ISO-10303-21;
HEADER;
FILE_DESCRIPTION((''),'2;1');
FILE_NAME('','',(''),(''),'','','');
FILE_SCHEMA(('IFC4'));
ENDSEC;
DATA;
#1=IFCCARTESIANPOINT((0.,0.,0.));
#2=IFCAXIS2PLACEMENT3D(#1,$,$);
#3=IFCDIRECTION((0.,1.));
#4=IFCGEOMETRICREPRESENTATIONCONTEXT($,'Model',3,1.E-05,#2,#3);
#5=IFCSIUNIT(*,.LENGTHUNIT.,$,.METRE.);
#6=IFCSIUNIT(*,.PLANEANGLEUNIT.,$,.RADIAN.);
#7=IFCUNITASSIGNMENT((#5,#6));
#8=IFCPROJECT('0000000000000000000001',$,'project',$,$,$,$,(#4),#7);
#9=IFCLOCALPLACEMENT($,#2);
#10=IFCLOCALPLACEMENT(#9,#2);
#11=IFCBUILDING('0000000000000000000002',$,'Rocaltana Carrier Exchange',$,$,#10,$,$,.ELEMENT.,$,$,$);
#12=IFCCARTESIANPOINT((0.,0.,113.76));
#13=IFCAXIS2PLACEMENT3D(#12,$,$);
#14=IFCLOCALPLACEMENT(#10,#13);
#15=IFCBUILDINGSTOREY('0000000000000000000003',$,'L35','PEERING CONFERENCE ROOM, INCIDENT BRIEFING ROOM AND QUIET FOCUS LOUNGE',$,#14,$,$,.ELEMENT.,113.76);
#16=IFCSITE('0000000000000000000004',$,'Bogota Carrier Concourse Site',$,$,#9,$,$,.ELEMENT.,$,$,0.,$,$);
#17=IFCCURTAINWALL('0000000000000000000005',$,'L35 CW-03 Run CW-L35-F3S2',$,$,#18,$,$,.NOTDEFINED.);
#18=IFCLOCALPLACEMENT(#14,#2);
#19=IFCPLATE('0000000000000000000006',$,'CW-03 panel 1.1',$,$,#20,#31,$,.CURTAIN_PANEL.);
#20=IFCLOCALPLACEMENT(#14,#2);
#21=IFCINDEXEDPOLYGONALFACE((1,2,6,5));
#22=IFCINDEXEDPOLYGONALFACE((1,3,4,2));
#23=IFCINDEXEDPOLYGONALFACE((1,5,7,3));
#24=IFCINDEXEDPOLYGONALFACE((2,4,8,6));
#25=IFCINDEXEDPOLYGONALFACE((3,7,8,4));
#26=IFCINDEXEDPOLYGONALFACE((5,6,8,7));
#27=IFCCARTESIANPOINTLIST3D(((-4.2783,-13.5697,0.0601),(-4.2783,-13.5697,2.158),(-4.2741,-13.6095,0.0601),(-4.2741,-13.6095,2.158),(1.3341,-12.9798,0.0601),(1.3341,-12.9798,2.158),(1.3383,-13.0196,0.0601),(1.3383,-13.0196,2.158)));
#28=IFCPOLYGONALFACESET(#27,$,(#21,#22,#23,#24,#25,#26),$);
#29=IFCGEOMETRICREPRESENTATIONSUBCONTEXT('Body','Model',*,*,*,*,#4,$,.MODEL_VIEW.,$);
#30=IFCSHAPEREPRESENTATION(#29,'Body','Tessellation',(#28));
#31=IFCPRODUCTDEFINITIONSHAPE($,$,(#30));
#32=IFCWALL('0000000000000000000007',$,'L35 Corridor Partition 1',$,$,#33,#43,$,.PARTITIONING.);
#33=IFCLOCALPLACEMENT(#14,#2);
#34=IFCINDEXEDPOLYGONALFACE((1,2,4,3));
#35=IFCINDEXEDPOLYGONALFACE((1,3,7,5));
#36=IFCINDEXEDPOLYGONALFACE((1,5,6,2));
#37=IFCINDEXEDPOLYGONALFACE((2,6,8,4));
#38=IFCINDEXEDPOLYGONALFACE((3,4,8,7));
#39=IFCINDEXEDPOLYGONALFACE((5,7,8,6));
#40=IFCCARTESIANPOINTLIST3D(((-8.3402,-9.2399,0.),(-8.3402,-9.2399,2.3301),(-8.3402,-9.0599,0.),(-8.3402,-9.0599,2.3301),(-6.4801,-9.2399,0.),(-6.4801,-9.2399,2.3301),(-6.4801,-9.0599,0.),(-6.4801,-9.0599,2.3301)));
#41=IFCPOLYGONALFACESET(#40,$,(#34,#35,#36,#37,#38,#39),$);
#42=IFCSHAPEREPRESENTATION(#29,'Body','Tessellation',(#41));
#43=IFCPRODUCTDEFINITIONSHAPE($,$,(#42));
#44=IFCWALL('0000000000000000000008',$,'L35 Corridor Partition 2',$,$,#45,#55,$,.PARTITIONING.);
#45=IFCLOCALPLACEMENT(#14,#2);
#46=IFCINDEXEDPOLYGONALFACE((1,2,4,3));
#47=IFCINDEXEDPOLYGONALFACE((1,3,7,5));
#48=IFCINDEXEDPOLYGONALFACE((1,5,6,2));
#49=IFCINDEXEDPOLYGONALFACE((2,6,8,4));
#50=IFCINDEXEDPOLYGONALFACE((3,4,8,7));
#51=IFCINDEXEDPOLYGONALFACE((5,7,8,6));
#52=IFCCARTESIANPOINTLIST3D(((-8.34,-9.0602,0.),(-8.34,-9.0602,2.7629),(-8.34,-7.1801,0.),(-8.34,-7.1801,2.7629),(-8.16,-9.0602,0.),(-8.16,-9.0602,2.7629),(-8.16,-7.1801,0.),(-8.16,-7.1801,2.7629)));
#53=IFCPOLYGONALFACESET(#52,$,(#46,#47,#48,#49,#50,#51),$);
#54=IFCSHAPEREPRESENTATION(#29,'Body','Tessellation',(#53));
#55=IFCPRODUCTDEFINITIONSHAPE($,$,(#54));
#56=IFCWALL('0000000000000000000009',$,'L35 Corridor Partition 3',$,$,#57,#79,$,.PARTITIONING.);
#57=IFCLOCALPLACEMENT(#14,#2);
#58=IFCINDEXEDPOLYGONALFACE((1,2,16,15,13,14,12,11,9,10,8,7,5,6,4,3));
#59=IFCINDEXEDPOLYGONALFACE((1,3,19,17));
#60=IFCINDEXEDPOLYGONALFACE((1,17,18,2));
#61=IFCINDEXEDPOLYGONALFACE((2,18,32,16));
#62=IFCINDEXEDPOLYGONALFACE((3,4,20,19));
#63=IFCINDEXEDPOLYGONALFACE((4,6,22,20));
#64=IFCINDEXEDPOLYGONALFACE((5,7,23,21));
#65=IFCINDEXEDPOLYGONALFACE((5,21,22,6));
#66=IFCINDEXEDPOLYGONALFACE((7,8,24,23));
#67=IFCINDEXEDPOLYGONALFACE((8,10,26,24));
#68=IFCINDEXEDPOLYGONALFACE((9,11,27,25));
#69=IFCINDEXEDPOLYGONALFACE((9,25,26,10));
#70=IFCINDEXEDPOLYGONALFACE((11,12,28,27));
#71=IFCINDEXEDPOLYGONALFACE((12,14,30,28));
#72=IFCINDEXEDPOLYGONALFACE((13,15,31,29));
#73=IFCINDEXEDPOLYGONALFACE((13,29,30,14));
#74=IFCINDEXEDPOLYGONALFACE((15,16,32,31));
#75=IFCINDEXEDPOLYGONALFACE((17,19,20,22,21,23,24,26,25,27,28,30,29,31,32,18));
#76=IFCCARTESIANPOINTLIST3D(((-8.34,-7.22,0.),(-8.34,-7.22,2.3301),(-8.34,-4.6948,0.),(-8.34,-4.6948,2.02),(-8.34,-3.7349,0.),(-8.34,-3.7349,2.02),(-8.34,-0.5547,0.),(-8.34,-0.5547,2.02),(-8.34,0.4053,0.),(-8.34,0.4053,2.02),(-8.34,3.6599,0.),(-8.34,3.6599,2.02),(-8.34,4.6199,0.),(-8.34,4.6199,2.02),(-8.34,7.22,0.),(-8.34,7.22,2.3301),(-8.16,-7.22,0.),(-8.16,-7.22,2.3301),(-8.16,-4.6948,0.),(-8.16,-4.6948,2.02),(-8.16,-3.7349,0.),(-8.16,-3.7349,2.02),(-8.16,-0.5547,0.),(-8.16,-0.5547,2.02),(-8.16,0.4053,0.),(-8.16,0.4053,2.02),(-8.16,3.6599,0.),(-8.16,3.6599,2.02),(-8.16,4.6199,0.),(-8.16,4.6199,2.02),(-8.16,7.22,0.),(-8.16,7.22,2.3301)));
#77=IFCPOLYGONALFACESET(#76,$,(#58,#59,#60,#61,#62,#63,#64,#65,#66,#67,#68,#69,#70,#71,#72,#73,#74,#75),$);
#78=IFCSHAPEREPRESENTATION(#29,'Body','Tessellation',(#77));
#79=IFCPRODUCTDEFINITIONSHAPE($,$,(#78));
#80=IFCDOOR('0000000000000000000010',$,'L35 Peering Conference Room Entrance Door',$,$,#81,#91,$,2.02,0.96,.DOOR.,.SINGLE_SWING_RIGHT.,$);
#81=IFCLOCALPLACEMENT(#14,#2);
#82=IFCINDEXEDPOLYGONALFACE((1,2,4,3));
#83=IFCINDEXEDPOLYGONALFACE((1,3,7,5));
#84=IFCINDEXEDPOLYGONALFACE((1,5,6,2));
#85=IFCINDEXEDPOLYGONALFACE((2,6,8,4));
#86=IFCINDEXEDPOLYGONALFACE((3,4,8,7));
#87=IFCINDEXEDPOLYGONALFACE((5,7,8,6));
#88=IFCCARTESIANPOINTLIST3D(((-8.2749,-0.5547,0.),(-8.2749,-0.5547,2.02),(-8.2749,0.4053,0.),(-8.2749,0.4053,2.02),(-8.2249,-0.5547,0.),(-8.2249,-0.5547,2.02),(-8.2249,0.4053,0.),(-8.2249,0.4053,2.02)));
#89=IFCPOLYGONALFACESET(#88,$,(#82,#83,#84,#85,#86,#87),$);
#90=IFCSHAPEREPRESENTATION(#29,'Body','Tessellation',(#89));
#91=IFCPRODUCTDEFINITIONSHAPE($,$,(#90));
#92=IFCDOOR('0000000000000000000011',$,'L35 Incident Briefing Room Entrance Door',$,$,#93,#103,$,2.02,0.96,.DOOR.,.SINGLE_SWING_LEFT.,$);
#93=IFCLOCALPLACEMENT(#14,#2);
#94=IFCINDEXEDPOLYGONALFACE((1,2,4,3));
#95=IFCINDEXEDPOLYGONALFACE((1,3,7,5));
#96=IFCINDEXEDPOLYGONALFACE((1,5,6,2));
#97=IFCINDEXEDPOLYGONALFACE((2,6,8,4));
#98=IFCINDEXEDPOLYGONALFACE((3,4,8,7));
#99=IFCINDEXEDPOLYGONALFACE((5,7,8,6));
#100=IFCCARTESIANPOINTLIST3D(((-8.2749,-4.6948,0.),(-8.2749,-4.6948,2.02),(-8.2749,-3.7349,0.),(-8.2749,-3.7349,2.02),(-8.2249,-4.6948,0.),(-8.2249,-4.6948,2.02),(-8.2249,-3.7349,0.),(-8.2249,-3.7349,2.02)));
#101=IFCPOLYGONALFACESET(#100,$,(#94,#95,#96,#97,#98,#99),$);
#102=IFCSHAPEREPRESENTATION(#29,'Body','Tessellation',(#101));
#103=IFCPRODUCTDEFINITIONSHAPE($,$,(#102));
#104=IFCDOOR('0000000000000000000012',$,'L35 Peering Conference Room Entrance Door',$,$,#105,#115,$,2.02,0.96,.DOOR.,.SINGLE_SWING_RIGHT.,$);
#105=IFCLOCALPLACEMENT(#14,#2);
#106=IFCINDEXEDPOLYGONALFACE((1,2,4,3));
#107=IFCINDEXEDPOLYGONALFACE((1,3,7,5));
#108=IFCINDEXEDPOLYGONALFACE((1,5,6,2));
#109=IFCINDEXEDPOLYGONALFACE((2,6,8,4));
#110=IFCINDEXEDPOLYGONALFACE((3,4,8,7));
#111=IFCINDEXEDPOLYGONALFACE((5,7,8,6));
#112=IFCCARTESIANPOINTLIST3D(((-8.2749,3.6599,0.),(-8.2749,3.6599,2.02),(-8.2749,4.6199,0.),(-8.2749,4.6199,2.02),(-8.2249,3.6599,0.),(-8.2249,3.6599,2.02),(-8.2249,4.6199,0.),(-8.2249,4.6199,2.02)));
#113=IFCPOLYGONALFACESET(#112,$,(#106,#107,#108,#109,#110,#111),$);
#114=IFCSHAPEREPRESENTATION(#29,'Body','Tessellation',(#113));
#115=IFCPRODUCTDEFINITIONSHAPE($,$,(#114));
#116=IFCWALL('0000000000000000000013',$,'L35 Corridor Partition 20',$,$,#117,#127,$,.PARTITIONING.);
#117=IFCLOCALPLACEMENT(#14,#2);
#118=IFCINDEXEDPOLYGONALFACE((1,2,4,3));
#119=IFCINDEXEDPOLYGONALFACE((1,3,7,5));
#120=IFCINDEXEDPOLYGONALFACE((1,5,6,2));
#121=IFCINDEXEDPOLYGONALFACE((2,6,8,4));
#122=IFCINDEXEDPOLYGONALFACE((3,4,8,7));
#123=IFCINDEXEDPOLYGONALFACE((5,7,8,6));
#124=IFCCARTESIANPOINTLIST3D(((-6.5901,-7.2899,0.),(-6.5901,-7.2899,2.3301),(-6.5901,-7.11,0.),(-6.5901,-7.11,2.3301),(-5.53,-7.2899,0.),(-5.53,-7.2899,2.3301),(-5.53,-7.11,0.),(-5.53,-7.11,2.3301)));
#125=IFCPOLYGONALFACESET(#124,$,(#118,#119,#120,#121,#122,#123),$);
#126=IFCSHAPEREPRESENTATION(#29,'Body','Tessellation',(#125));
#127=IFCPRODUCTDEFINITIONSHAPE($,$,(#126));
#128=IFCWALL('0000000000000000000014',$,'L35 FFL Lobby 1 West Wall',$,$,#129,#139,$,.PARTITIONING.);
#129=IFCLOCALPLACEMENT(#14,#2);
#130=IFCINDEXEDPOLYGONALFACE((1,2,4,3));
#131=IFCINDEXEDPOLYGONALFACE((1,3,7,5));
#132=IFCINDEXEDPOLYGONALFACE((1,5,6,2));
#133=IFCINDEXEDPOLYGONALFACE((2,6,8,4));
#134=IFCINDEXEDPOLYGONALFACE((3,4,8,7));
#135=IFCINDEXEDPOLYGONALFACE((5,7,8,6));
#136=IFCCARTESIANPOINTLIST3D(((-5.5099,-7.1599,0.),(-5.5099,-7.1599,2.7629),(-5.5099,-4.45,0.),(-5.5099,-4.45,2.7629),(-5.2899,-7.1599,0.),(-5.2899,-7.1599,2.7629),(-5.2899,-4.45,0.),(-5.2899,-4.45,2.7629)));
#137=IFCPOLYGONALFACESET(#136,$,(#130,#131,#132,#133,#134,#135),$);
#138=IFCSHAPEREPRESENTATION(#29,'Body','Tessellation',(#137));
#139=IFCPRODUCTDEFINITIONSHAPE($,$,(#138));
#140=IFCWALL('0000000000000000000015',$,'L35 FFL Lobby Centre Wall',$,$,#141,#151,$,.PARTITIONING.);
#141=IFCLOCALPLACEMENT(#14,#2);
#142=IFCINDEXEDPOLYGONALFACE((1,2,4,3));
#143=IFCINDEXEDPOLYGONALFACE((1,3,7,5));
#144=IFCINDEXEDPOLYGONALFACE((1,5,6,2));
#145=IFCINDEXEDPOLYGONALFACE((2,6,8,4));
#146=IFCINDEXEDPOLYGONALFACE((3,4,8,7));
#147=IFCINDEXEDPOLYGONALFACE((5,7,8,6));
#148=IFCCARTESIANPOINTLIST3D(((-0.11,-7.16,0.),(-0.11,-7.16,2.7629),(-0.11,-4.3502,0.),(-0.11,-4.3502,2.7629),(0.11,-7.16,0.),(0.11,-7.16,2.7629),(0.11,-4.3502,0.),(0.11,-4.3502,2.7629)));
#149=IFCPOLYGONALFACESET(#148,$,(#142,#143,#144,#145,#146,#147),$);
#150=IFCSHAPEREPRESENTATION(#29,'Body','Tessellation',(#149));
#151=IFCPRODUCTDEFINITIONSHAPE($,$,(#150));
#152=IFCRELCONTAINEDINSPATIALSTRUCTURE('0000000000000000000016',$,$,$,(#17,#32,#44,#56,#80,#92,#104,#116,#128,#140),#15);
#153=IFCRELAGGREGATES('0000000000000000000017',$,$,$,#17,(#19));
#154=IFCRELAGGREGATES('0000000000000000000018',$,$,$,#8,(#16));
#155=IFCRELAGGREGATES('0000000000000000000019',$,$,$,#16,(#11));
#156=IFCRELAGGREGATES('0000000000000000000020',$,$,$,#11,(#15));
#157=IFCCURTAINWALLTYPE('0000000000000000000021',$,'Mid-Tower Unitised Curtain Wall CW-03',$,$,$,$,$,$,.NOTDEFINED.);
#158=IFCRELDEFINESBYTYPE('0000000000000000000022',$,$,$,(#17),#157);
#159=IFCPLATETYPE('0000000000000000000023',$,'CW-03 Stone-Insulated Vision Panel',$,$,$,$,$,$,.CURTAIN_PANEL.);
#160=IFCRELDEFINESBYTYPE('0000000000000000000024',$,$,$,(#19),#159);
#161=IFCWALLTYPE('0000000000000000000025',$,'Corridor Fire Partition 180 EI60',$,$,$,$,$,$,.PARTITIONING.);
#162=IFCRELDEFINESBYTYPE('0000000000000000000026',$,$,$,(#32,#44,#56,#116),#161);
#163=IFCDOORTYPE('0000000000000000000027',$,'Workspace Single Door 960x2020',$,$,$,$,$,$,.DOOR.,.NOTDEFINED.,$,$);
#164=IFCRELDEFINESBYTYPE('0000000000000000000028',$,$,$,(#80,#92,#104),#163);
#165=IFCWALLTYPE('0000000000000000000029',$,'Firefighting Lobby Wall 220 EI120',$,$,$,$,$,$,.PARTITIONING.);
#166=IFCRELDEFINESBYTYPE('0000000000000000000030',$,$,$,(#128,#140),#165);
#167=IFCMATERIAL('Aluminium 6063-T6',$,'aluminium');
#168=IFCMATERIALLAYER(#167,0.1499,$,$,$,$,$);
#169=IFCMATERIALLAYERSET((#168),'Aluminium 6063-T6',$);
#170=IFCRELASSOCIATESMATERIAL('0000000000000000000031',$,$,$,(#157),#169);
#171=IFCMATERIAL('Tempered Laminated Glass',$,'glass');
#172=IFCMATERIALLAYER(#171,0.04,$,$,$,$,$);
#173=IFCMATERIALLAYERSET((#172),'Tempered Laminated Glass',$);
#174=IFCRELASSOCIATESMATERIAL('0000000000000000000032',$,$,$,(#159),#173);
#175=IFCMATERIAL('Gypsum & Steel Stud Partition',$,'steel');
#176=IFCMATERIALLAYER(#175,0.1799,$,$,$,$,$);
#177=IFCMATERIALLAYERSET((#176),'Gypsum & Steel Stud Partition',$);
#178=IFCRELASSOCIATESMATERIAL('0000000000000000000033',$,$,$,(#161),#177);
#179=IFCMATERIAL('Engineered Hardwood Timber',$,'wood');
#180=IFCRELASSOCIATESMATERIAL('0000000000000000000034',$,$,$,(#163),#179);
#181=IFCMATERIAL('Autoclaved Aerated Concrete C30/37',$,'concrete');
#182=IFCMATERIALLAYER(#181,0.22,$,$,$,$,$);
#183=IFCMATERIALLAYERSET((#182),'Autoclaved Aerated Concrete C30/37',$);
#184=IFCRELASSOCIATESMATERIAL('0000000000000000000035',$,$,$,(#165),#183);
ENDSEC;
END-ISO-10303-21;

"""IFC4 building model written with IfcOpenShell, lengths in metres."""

from ifc_helpers import new_model, si_unit, direction, frame, frame_2d, origin, origin_2d, place, context, subcontext, project, spatial, rectangle, extrude, material, layer, layer_set, type_object, element, fill, aggregate, save


model = new_model("IFC4")

# Units and contexts
model_context = context("Model", 3, precision=1e-05, world=origin(), true_north=direction((0.0, 1.0)))
body_context = subcontext(model_context, "Body", "Model", "MODEL_VIEW")
ifc_project = project(units=[si_unit("LENGTHUNIT", "METRE"), si_unit("PLANEANGLEUNIT", "RADIAN")], contexts=[model_context])

# Site, building, storey
site_placement = place(None, origin())
site = spatial("IfcSite", under=ifc_project, at=site_placement, Name="Bogota Carrier Concourse Site", CompositionType="ELEMENT", RefElevation=0.0)
building_placement = place(site_placement, origin())
building = spatial("IfcBuilding", under=site, at=building_placement, Name="Rocaltana Carrier Exchange", CompositionType="ELEMENT")
storey_placement = place(building_placement, frame((0.0, 0.0, 113.76)))
storey = spatial("IfcBuildingStorey", under=building, at=storey_placement, Name="L35", Description="PEERING CONFERENCE ROOM, INCIDENT BRIEFING ROOM AND QUIET FOCUS LOUNGE", CompositionType="ELEMENT", Elevation=113.76)

# Shared definitions
ifc_material_1 = material(Name="Aluminium 6063-T6", Category="aluminium")
ifc_layer_1 = layer(ifc_material_1, 0.1499)
ifc_layer_set_1 = layer_set([ifc_layer_1], Name="Aluminium 6063-T6")
curtain_wall_type = type_object("IfcCurtainWallType", Name="Mid-Tower Unitised Curtain Wall CW-03", PredefinedType="NOTDEFINED", material=ifc_layer_set_1)

# Curtain wall
curtain_wall_1_placement = place(storey_placement, origin())
curtain_wall_1 = element("IfcCurtainWall", 1, at=curtain_wall_1_placement, inside=storey, type_object=curtain_wall_type, Name="L35 CW-03 Run CW-L35-F3S2", PredefinedType="NOTDEFINED")

# Plate
ifc_material_2 = material(Name="Tempered Laminated Glass", Category="glass")
ifc_layer_2 = layer(ifc_material_2, 0.04)
ifc_layer_set_2 = layer_set([ifc_layer_2], Name="Tempered Laminated Glass")
plate_type = type_object("IfcPlateType", Name="CW-03 Stone-Insulated Vision Panel", PredefinedType="CURTAIN_PANEL", material=ifc_layer_set_2)
plate_placement = place(storey_placement, frame((-1.47, -13.2947, 0.0601), z_axis=(0.0, 0.0, 1.0), x_axis=(0.994522, 0.10453, 0.0)))
plate = element("IfcPlate", 2, at=plate_placement, type_object=plate_type, Name="CW-03 panel 1.1", PredefinedType="CURTAIN_PANEL", context=body_context, shape_type="SweptSolid", body=[
    extrude(rectangle(XDim=5.6433, YDim=0.04, at=origin_2d()), origin(), (0.0, 0.0, 1.0), 2.0979),
])
aggregate(curtain_wall_1, [plate])

# Walls
ifc_material_3 = material(Name="Gypsum & Steel Stud Partition", Category="steel")
ifc_layer_3 = layer(ifc_material_3, 0.1799)
ifc_layer_set_3 = layer_set([ifc_layer_3], Name="Gypsum & Steel Stud Partition")
wall_type_1 = type_object("IfcWallType", Name="Corridor Fire Partition 180 EI60", PredefinedType="PARTITIONING", material=ifc_layer_set_3)
wall_1_placement = place(storey_placement, frame((-6.48, -9.1499, 0.0), z_axis=(0.0, 0.0, 1.0), x_axis=(-1.0, 0.0, 0.0)))
element("IfcWall", 3, at=wall_1_placement, inside=storey, type_object=wall_type_1, Name="L35 Corridor Partition 1", PredefinedType="PARTITIONING", context=body_context, shape_type="SweptSolid", body=[
    extrude(rectangle(XDim=1.8601, YDim=0.1799, at=frame_2d((0.9302, 0.0))), origin(), (0.0, 0.0, 1.0), 2.3301),
])
wall_2_placement = place(storey_placement, frame((-8.25, -9.0601, 0.0), z_axis=(0.0, 0.0, 1.0), x_axis=(0.0, 1.0, 0.0)))
element("IfcWall", 4, at=wall_2_placement, inside=storey, type_object=wall_type_1, Name="L35 Corridor Partition 2", PredefinedType="PARTITIONING", context=body_context, shape_type="SweptSolid", body=[
    extrude(rectangle(XDim=1.8801, YDim=0.1799, at=frame_2d((0.9399, 0.0))), origin(), (0.0, 0.0, 1.0), 2.7629),
])

# Wall, openings, doors
wall_3_placement = place(storey_placement, frame((-8.25, -7.22, 0.0), z_axis=(0.0, 0.0, 1.0), x_axis=(0.0, 1.0, 0.0)))
wall_3 = element("IfcWall", 5, at=wall_3_placement, inside=storey, type_object=wall_type_1, Name="L35 Corridor Partition 3", PredefinedType="PARTITIONING", context=body_context, shape_type="SweptSolid", body=[
    extrude(rectangle(XDim=14.4399, YDim=0.1799, at=frame_2d((7.22, 0.0))), origin(), (0.0, 0.0, 1.0), 2.3301),
])
opening_1_placement = place(wall_3_placement, frame((6.6653, 0.0, 0.0)))
opening_1 = element("IfcOpeningElement", 6, at=opening_1_placement, cuts=wall_3, PredefinedType="OPENING", context=body_context, shape_type="SweptSolid", body=[
    extrude(rectangle(XDim=0.96, YDim=2.02, at=frame_2d((0.48, 1.01))), frame((0.0, 0.0999, 0.0), z_axis=(0.0, -1.0, 0.0), x_axis=(1.0, 0.0, 0.0)), (0.0, 0.0, 1.0), 0.2),
])
opening_2_placement = place(wall_3_placement, frame((2.5251, 0.0, 0.0)))
opening_2 = element("IfcOpeningElement", 7, at=opening_2_placement, cuts=wall_3, PredefinedType="OPENING", context=body_context, shape_type="SweptSolid", body=[
    extrude(rectangle(XDim=0.96, YDim=2.02, at=frame_2d((0.48, 1.01))), frame((0.0, 0.0999, 0.0), z_axis=(0.0, -1.0, 0.0), x_axis=(1.0, 0.0, 0.0)), (0.0, 0.0, 1.0), 0.2),
])
opening_3_placement = place(wall_3_placement, frame((10.8799, 0.0, 0.0)))
opening_3 = element("IfcOpeningElement", 8, at=opening_3_placement, cuts=wall_3, PredefinedType="OPENING", context=body_context, shape_type="SweptSolid", body=[
    extrude(rectangle(XDim=0.96, YDim=2.02, at=frame_2d((0.48, 1.01))), frame((0.0, 0.0999, 0.0), z_axis=(0.0, -1.0, 0.0), x_axis=(1.0, 0.0, 0.0)), (0.0, 0.0, 1.0), 0.2),
])
ifc_material_4 = material(Name="Engineered Hardwood Timber", Category="wood")
door_type_1 = type_object("IfcDoorType", Name="Workspace Single Door 960x2020", OperationType="NOTDEFINED", PredefinedType="DOOR", material=ifc_material_4)
door_1_placement = place(opening_1_placement, origin())
door_1 = element("IfcDoor", 9, at=door_1_placement, inside=storey, type_object=door_type_1, Name="L35 Peering Conference Room Entrance Door", OperationType="SINGLE_SWING_RIGHT", OverallHeight=2.02, OverallWidth=0.96, PredefinedType="DOOR", context=body_context, shape_type="SweptSolid", body=[
    extrude(rectangle(XDim=0.96, YDim=2.02, at=frame_2d((0.48, 1.01))), frame((0.0, 0.0249, 0.0), z_axis=(0.0, -1.0, 0.0), x_axis=(1.0, 0.0, 0.0)), (0.0, 0.0, 1.0), 0.05),
])
fill(opening_1, door_1)
door_2_placement = place(opening_2_placement, origin())
door_2 = element("IfcDoor", 10, at=door_2_placement, inside=storey, type_object=door_type_1, Name="L35 Incident Briefing Room Entrance Door", OperationType="SINGLE_SWING_LEFT", OverallHeight=2.02, OverallWidth=0.96, PredefinedType="DOOR", context=body_context, shape_type="SweptSolid", body=[
    extrude(rectangle(XDim=0.96, YDim=2.02, at=frame_2d((0.48, 1.01))), frame((0.0, 0.0249, 0.0), z_axis=(0.0, -1.0, 0.0), x_axis=(1.0, 0.0, 0.0)), (0.0, 0.0, 1.0), 0.05),
])
fill(opening_2, door_2)
door_3_placement = place(opening_3_placement, origin())
door_3 = element("IfcDoor", 11, at=door_3_placement, inside=storey, type_object=door_type_1, Name="L35 Peering Conference Room Entrance Door", OperationType="SINGLE_SWING_RIGHT", OverallHeight=2.02, OverallWidth=0.96, PredefinedType="DOOR", context=body_context, shape_type="SweptSolid", body=[
    extrude(rectangle(XDim=0.96, YDim=2.02, at=frame_2d((0.48, 1.01))), frame((0.0, 0.0249, 0.0), z_axis=(0.0, -1.0, 0.0), x_axis=(1.0, 0.0, 0.0)), (0.0, 0.0, 1.0), 0.05),
])
fill(opening_3, door_3)

# Walls
wall_4_placement = place(storey_placement, frame((-6.5901, -7.2, 0.0), z_axis=(0.0, 0.0, 1.0), x_axis=(1.0, 0.0, 0.0)))
element("IfcWall", 12, at=wall_4_placement, inside=storey, type_object=wall_type_1, Name="L35 Corridor Partition 20", PredefinedType="PARTITIONING", context=body_context, shape_type="SweptSolid", body=[
    extrude(rectangle(XDim=1.0601, YDim=0.1799, at=frame_2d((0.53, 0.0))), origin(), (0.0, 0.0, 1.0), 2.3301),
])
ifc_material_5 = material(Name="Autoclaved Aerated Concrete C30/37", Category="concrete")
ifc_layer_4 = layer(ifc_material_5, 0.22)
ifc_layer_set_4 = layer_set([ifc_layer_4], Name="Autoclaved Aerated Concrete C30/37")
wall_type_2 = type_object("IfcWallType", Name="Firefighting Lobby Wall 220 EI120", PredefinedType="PARTITIONING", material=ifc_layer_set_4)
wall_5_placement = place(storey_placement, frame((-5.3999, -7.1599, 0.0), z_axis=(0.0, 0.0, 1.0), x_axis=(0.0, 1.0, 0.0)))
element("IfcWall", 13, at=wall_5_placement, inside=storey, type_object=wall_type_2, Name="L35 FFL Lobby 1 West Wall", PredefinedType="PARTITIONING", context=body_context, shape_type="SweptSolid", body=[
    extrude(rectangle(XDim=2.71, YDim=0.22, at=frame_2d((1.355, 0.0))), origin(), (0.0, 0.0, 1.0), 2.7629),
])
wall_6_placement = place(storey_placement, frame((0.0, -7.1599, 0.0), z_axis=(0.0, 0.0, 1.0), x_axis=(0.0, 1.0, 0.0)))
element("IfcWall", 14, at=wall_6_placement, inside=storey, type_object=wall_type_2, Name="L35 FFL Lobby Centre Wall", PredefinedType="PARTITIONING", context=body_context, shape_type="SweptSolid", body=[
    extrude(rectangle(XDim=2.8098, YDim=0.22, at=frame_2d((1.4048, 0.0))), origin(), (0.0, 0.0, 1.0), 2.7629),
])

save(model, "model.ifc")
